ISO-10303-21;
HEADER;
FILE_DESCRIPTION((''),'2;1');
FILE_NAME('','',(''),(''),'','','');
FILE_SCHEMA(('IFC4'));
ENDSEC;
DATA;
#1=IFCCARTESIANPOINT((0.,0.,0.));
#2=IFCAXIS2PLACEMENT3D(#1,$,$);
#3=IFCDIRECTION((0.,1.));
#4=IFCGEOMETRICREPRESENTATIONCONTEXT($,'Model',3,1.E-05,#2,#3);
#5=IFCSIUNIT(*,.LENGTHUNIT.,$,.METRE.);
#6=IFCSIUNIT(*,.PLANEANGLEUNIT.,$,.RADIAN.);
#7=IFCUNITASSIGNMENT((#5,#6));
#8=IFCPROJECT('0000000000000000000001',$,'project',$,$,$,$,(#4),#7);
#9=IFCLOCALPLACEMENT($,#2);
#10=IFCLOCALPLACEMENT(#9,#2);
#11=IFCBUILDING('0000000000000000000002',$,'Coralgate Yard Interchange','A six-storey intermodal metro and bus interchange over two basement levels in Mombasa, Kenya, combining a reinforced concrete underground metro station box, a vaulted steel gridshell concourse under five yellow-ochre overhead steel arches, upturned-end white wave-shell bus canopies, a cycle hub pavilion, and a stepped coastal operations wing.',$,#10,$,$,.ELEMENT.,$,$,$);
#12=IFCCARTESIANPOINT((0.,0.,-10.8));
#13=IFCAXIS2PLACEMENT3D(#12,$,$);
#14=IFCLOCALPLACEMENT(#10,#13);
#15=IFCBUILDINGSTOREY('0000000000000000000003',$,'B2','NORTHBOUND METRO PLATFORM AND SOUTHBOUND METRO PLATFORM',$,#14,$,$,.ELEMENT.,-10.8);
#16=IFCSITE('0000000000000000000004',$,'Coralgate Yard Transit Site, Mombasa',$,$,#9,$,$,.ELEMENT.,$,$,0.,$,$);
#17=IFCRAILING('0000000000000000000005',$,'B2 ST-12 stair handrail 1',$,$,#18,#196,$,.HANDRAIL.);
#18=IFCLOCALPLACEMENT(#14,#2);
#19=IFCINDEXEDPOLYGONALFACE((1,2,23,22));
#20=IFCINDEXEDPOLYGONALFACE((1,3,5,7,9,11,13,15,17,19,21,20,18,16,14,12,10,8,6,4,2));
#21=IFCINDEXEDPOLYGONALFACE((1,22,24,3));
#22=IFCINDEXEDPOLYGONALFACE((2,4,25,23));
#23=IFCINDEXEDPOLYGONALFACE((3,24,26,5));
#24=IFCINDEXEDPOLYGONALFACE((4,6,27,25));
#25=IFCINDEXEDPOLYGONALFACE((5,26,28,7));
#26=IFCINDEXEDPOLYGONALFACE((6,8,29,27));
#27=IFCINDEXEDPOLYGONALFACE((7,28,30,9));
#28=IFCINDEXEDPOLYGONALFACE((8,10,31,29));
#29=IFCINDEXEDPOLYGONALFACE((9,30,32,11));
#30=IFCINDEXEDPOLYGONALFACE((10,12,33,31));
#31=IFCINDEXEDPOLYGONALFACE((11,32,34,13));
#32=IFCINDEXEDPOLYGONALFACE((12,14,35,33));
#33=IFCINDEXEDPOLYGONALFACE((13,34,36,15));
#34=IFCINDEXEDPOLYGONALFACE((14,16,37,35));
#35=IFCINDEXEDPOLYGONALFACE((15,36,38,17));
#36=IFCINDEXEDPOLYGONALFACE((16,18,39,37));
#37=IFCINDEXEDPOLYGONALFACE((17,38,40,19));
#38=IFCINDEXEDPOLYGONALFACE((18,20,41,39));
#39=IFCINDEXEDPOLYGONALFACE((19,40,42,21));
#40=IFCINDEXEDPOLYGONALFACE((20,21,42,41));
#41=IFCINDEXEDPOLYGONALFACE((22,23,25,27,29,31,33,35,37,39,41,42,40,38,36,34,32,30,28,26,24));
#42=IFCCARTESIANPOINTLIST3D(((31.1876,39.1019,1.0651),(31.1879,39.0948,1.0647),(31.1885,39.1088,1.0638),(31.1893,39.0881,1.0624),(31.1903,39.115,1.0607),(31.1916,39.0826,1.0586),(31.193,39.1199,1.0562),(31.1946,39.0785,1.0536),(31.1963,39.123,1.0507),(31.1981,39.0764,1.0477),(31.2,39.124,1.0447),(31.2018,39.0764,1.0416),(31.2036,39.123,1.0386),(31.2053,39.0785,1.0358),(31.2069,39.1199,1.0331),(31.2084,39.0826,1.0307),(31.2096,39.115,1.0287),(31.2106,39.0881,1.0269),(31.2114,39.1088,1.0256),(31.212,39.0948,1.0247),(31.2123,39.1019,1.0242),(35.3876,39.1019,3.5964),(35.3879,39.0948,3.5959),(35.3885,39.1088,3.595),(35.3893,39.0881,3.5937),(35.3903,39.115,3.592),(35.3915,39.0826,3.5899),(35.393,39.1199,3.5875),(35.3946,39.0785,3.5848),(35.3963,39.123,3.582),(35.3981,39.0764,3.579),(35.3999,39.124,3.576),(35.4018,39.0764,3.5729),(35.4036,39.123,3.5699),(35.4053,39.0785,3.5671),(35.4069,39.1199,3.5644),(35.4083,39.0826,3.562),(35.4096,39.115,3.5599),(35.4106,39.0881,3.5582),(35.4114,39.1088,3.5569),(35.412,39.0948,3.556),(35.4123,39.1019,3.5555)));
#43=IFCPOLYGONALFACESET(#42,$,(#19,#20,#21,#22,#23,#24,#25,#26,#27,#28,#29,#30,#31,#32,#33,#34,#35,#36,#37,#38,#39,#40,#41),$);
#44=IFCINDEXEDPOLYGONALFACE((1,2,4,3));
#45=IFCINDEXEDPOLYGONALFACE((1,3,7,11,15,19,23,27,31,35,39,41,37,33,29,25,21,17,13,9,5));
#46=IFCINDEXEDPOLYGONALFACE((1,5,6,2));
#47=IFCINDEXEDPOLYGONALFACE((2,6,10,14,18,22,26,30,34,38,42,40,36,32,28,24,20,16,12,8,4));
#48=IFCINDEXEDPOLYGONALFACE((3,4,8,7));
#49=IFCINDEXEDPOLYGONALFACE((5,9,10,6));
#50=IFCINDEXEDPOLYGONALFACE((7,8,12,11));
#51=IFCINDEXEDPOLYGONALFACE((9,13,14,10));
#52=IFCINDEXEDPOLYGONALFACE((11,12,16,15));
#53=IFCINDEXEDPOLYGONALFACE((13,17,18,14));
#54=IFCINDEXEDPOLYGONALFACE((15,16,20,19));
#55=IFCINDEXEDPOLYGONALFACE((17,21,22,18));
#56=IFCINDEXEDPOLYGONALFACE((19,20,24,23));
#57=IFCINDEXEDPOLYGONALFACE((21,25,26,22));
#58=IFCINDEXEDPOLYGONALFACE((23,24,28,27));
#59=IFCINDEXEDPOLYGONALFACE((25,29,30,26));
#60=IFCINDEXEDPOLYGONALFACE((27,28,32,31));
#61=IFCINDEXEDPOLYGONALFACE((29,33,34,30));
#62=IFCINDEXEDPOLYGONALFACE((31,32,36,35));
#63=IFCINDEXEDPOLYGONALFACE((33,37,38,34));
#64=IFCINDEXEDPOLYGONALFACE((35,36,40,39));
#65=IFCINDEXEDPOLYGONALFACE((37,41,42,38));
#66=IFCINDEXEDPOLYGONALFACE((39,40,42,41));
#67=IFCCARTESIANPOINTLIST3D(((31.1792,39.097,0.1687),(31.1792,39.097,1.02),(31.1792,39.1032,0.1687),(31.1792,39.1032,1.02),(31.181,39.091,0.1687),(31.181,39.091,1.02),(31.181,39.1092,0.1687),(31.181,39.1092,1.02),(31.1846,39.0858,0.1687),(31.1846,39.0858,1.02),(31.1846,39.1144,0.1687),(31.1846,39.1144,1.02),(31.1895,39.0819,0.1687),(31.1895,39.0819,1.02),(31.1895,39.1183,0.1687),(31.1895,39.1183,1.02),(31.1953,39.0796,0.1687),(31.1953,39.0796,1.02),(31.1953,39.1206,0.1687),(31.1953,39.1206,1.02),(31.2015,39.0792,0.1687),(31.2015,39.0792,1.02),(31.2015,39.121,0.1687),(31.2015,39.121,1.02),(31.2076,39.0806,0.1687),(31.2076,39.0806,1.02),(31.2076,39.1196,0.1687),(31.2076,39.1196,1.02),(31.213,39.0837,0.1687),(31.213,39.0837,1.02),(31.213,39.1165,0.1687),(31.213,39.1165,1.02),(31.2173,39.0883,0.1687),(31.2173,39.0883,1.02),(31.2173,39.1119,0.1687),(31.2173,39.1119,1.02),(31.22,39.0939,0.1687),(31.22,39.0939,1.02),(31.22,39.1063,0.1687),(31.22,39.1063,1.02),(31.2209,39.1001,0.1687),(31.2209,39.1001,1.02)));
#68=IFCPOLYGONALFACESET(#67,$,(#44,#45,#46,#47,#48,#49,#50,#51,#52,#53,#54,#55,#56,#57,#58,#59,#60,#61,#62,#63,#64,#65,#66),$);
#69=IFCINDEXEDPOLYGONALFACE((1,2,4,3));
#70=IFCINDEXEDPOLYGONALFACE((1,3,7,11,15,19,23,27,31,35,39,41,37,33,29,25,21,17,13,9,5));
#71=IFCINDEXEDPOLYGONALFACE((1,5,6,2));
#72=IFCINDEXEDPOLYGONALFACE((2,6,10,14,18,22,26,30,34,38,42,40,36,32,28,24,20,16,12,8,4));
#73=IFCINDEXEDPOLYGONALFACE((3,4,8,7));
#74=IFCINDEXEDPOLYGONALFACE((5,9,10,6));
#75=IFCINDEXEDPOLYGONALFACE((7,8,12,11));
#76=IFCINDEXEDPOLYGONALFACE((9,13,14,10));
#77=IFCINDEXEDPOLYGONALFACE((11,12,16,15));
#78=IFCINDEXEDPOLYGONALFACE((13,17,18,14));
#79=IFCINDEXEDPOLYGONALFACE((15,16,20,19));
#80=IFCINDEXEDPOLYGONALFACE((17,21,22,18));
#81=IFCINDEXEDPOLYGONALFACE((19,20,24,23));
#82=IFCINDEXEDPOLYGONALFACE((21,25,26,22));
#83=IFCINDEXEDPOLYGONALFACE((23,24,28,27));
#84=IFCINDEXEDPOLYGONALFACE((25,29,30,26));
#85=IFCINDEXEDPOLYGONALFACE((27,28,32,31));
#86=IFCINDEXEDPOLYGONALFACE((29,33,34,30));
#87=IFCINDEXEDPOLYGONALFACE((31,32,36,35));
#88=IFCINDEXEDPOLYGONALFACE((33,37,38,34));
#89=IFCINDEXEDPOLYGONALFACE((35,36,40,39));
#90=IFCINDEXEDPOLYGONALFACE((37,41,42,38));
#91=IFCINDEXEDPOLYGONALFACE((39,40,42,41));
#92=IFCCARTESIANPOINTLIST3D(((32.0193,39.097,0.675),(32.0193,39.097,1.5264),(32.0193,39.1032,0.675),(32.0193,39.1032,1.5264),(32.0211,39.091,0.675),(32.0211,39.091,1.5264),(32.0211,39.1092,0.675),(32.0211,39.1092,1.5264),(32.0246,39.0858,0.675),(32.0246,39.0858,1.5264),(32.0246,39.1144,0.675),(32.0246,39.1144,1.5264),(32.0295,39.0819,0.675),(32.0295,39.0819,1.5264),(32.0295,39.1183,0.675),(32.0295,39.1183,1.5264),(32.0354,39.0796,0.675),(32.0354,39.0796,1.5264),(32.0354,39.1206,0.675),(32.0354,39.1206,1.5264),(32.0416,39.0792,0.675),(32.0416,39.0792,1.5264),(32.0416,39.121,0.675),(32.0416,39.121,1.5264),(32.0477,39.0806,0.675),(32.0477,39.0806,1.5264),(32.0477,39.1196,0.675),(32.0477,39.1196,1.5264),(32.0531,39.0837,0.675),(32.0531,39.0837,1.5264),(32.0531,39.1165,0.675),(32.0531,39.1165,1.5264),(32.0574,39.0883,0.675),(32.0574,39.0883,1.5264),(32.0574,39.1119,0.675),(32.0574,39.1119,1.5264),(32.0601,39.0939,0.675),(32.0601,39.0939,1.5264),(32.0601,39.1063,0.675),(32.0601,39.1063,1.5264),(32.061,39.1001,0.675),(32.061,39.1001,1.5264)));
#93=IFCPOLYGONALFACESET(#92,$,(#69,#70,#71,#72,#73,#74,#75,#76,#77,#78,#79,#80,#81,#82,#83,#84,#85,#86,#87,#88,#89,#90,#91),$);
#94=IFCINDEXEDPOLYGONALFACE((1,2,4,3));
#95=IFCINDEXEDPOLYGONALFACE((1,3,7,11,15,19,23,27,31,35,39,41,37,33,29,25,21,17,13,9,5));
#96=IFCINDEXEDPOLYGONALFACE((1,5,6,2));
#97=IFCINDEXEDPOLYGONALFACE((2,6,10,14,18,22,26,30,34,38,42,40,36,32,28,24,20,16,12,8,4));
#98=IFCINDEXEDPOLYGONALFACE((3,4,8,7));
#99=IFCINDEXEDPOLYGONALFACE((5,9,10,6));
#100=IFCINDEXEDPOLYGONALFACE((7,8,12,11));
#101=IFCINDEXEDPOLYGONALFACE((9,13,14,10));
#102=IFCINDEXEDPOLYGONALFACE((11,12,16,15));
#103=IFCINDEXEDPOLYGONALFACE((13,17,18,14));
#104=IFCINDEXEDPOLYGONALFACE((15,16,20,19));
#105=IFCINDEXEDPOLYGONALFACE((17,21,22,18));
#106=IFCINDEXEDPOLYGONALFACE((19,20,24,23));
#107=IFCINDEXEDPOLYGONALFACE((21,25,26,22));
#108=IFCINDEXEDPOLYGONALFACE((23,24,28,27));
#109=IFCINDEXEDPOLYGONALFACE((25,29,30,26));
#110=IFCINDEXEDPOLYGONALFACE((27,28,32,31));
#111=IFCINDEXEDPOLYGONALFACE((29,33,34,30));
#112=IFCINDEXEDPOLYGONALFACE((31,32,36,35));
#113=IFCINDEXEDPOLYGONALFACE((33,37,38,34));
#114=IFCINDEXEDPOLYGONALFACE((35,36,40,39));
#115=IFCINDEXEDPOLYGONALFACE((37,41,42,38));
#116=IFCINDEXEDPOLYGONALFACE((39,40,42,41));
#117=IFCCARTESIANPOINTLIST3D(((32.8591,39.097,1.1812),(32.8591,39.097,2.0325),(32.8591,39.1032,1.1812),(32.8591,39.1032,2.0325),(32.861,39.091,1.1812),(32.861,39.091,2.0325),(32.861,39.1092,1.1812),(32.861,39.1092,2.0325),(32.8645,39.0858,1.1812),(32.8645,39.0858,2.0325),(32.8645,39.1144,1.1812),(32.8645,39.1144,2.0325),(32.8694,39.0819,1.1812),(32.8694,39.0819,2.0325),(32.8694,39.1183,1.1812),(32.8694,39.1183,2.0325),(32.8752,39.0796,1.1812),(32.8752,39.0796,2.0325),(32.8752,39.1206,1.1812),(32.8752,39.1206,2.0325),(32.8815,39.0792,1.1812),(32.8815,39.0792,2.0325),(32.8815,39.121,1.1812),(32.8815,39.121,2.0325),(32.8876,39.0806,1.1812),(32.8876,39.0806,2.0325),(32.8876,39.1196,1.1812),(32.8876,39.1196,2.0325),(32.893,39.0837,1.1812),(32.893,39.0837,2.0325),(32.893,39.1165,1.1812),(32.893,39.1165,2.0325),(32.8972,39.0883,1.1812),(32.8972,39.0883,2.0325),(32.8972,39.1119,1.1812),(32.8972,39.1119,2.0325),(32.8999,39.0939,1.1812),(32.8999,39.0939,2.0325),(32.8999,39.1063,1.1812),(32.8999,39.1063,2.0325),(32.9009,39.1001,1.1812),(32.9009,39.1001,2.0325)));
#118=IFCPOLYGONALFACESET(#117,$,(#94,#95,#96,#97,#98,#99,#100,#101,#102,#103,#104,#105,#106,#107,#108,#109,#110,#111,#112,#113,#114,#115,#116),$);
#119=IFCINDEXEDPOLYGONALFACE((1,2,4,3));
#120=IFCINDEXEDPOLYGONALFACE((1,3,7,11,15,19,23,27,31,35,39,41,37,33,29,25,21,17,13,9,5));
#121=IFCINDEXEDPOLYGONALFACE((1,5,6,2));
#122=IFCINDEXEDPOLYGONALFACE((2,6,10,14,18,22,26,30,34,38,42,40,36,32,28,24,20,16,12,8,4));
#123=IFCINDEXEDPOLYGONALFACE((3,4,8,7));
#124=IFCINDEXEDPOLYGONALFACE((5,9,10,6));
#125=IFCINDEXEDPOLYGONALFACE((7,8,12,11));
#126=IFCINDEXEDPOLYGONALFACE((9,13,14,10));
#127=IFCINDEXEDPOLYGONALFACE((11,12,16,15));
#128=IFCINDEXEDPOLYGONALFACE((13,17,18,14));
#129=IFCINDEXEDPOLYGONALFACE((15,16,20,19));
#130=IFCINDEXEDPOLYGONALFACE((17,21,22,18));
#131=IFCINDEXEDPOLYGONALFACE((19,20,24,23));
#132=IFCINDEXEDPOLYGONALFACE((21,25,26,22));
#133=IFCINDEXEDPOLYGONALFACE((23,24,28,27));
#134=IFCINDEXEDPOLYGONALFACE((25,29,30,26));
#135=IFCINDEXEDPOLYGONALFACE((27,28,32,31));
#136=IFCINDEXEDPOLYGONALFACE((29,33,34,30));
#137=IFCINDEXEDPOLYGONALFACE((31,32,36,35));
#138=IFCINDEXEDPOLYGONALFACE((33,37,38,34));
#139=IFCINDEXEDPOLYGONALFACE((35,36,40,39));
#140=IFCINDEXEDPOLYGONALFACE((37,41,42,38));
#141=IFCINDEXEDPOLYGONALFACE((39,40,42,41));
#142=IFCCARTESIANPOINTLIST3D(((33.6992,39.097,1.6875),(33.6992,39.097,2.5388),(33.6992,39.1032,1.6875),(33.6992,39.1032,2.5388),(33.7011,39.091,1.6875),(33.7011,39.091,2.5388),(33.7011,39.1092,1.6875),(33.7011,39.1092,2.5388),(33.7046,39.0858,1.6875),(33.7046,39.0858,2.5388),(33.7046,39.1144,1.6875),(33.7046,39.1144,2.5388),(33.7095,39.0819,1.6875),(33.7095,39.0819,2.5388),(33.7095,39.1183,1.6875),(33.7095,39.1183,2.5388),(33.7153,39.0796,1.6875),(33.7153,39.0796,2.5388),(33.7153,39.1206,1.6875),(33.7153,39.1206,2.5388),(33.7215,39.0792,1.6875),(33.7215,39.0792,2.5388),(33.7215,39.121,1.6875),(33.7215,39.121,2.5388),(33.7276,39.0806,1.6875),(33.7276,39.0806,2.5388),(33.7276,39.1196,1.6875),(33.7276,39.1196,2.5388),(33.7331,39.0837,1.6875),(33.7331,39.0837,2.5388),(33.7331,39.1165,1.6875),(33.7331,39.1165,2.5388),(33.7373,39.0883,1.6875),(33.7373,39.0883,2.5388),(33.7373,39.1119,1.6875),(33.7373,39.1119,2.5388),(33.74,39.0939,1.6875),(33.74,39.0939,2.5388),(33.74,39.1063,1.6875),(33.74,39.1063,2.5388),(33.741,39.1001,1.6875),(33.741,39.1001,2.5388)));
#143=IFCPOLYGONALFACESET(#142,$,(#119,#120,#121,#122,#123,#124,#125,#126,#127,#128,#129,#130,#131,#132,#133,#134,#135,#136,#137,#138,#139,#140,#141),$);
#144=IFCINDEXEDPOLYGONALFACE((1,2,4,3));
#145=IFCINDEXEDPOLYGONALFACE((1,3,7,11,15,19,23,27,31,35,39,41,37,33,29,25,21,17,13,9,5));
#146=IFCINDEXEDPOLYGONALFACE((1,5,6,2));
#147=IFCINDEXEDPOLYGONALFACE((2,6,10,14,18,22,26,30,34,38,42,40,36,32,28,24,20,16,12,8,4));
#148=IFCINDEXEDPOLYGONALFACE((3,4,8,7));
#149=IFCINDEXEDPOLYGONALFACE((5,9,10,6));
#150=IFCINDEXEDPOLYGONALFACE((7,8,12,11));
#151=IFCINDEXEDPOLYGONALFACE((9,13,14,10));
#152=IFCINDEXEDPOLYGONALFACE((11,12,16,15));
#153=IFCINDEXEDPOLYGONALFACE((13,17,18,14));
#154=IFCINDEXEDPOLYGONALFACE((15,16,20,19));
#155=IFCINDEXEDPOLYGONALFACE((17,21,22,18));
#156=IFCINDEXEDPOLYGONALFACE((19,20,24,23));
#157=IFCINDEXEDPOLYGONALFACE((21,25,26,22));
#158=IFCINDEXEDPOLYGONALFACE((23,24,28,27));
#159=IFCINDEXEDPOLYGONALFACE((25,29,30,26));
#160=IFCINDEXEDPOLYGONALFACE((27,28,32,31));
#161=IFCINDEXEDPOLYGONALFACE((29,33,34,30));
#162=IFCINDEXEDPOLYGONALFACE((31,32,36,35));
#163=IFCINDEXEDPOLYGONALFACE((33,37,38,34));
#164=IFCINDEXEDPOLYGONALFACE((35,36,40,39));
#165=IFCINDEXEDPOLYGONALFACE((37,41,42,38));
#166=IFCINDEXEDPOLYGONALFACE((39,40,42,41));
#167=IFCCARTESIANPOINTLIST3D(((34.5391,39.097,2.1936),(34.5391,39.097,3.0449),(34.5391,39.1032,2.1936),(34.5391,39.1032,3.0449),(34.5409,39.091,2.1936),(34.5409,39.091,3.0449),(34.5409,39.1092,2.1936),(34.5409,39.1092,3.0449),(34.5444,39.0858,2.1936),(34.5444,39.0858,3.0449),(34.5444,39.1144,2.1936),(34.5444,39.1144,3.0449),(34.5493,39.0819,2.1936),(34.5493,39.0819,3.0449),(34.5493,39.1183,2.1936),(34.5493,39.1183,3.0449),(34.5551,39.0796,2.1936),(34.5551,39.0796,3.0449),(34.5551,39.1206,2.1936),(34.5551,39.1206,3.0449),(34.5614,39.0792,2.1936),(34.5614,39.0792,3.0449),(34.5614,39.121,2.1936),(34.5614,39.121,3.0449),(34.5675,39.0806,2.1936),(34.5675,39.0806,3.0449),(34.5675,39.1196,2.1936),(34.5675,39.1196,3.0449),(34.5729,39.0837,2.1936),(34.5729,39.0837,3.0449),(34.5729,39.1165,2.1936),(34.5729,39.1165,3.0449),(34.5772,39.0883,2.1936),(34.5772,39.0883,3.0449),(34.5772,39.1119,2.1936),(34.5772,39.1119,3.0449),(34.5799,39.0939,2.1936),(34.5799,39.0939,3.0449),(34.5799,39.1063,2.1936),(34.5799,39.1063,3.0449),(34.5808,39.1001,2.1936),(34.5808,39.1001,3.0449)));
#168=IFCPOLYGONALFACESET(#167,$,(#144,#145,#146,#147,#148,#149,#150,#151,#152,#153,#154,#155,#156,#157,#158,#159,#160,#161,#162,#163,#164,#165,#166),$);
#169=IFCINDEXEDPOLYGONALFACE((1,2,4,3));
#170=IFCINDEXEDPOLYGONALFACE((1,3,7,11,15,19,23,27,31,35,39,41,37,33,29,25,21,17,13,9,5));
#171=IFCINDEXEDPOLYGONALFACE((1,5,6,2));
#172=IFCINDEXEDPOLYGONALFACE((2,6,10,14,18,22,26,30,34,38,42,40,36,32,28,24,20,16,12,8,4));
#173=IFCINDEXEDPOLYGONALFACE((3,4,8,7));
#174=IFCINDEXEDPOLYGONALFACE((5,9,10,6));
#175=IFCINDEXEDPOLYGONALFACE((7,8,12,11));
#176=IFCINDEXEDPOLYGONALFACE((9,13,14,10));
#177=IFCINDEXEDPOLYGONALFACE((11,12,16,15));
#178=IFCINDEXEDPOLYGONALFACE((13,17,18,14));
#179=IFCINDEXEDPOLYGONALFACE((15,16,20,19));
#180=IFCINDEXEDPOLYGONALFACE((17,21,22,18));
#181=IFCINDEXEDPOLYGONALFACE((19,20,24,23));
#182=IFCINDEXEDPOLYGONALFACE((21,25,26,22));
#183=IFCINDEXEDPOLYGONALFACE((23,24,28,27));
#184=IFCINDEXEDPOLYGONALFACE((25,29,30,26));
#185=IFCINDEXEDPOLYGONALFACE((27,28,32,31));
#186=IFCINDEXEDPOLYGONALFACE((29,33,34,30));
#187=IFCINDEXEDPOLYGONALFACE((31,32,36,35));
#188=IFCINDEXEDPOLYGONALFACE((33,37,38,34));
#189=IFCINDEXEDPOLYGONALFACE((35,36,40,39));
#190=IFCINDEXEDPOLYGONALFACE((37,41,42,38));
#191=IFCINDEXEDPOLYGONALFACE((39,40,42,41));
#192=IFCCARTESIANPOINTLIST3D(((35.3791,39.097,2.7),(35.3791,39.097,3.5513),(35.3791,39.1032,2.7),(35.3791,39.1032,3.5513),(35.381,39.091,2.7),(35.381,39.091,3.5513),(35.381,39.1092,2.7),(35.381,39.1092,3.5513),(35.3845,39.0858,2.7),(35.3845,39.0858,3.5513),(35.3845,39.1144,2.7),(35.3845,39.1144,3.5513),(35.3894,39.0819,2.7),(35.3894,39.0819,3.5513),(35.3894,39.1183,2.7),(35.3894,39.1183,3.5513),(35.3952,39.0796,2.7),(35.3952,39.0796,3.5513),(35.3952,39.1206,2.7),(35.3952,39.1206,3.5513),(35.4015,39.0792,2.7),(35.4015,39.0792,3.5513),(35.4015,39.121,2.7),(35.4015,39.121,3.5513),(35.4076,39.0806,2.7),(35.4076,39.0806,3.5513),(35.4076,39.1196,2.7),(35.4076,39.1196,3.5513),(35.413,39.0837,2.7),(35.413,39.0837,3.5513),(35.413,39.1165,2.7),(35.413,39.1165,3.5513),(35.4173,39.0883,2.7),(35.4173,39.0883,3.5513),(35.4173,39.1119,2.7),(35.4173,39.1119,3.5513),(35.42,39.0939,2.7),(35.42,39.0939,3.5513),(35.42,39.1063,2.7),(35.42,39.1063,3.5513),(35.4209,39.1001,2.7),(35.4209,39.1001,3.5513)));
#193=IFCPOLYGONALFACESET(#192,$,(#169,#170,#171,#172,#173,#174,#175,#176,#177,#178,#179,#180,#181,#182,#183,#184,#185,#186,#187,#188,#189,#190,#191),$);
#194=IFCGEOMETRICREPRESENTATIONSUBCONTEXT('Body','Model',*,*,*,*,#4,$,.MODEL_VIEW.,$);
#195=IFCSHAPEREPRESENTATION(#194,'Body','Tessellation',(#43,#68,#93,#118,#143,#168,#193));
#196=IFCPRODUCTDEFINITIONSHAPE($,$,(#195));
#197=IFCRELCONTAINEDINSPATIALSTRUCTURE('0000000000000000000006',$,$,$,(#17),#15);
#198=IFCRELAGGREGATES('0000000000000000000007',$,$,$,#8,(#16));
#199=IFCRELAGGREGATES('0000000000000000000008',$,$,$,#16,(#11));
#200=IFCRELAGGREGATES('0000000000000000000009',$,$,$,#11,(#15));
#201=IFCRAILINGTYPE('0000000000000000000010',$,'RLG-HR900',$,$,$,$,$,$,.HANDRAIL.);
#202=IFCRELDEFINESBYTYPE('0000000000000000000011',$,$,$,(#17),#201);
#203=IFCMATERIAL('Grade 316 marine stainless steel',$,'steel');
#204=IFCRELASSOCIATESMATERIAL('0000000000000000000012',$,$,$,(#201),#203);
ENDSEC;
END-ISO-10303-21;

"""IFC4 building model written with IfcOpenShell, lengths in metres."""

from ifc_helpers import new_model, si_unit, direction, frame, origin, origin_2d, place, context, subcontext, project, spatial, circle, extrude, material, type_object, element, save


model = new_model("IFC4")

# Units and contexts
model_context = context("Model", 3, precision=1e-05, world=origin(), true_north=direction((0.0, 1.0)))
body_context = subcontext(model_context, "Body", "Model", "MODEL_VIEW")
ifc_project = project(units=[si_unit("LENGTHUNIT", "METRE"), si_unit("PLANEANGLEUNIT", "RADIAN")], contexts=[model_context])

# Site, building, storey
site_placement = place(None, origin())
site = spatial("IfcSite", under=ifc_project, at=site_placement, Name="Coralgate Yard Transit Site, Mombasa", CompositionType="ELEMENT", RefElevation=0.0)
building_placement = place(site_placement, origin())
building = spatial("IfcBuilding", under=site, at=building_placement, Name="Coralgate Yard Interchange", Description="A six-storey intermodal metro and bus interchange over two basement levels in Mombasa, Kenya, combining a reinforced concrete underground metro station box, a vaulted steel gridshell concourse under five yellow-ochre overhead steel arches, upturned-end white wave-shell bus canopies, a cycle hub pavilion, and a stepped coastal operations wing.", CompositionType="ELEMENT")
storey_placement = place(building_placement, frame((0.0, 0.0, -10.8)))
storey = spatial("IfcBuildingStorey", under=building, at=storey_placement, Name="B2", Description="NORTHBOUND METRO PLATFORM AND SOUTHBOUND METRO PLATFORM", CompositionType="ELEMENT", Elevation=-10.8)

# Railing
ifc_material_1 = material(Name="Grade 316 marine stainless steel", Category="steel")
railing_type_1 = type_object("IfcRailingType", Name="RLG-HR900", PredefinedType="HANDRAIL", material=ifc_material_1)
railing_1_placement = place(storey_placement, frame((31.2, 39.1001, 0.1687)))
element("IfcRailing", 1, at=railing_1_placement, inside=storey, type_object=railing_type_1, Name="B2 ST-12 stair handrail 1", PredefinedType="HANDRAIL", context=body_context, shape_type="SweptSolid", body=[
    extrude(circle(Radius=0.0239, at=origin_2d()), frame((0.0, 0.0, 0.876), z_axis=(0.856476, 0.0, 0.516186), x_axis=(0.0, 1.0, 0.0)), (0.0, 0.0, 1.0), 4.9038),
    extrude(circle(Radius=0.021, at=origin_2d()), origin(), (0.0, 0.0, 1.0), 0.8513),
    extrude(circle(Radius=0.021, at=origin_2d()), frame((0.8401, 0.0, 0.5063)), (0.0, 0.0, 1.0), 0.8513),
    extrude(circle(Radius=0.021, at=origin_2d()), frame((1.6799, 0.0, 1.0125)), (0.0, 0.0, 1.0), 0.8513),
    extrude(circle(Radius=0.021, at=origin_2d()), frame((2.52, 0.0, 1.5188)), (0.0, 0.0, 1.0), 0.8513),
    extrude(circle(Radius=0.021, at=origin_2d()), frame((3.3599, 0.0, 2.0249)), (0.0, 0.0, 1.0), 0.8513),
    extrude(circle(Radius=0.021, at=origin_2d()), frame((4.2, 0.0, 2.5312)), (0.0, 0.0, 1.0), 0.8513),
])

save(model, "model.ifc")
